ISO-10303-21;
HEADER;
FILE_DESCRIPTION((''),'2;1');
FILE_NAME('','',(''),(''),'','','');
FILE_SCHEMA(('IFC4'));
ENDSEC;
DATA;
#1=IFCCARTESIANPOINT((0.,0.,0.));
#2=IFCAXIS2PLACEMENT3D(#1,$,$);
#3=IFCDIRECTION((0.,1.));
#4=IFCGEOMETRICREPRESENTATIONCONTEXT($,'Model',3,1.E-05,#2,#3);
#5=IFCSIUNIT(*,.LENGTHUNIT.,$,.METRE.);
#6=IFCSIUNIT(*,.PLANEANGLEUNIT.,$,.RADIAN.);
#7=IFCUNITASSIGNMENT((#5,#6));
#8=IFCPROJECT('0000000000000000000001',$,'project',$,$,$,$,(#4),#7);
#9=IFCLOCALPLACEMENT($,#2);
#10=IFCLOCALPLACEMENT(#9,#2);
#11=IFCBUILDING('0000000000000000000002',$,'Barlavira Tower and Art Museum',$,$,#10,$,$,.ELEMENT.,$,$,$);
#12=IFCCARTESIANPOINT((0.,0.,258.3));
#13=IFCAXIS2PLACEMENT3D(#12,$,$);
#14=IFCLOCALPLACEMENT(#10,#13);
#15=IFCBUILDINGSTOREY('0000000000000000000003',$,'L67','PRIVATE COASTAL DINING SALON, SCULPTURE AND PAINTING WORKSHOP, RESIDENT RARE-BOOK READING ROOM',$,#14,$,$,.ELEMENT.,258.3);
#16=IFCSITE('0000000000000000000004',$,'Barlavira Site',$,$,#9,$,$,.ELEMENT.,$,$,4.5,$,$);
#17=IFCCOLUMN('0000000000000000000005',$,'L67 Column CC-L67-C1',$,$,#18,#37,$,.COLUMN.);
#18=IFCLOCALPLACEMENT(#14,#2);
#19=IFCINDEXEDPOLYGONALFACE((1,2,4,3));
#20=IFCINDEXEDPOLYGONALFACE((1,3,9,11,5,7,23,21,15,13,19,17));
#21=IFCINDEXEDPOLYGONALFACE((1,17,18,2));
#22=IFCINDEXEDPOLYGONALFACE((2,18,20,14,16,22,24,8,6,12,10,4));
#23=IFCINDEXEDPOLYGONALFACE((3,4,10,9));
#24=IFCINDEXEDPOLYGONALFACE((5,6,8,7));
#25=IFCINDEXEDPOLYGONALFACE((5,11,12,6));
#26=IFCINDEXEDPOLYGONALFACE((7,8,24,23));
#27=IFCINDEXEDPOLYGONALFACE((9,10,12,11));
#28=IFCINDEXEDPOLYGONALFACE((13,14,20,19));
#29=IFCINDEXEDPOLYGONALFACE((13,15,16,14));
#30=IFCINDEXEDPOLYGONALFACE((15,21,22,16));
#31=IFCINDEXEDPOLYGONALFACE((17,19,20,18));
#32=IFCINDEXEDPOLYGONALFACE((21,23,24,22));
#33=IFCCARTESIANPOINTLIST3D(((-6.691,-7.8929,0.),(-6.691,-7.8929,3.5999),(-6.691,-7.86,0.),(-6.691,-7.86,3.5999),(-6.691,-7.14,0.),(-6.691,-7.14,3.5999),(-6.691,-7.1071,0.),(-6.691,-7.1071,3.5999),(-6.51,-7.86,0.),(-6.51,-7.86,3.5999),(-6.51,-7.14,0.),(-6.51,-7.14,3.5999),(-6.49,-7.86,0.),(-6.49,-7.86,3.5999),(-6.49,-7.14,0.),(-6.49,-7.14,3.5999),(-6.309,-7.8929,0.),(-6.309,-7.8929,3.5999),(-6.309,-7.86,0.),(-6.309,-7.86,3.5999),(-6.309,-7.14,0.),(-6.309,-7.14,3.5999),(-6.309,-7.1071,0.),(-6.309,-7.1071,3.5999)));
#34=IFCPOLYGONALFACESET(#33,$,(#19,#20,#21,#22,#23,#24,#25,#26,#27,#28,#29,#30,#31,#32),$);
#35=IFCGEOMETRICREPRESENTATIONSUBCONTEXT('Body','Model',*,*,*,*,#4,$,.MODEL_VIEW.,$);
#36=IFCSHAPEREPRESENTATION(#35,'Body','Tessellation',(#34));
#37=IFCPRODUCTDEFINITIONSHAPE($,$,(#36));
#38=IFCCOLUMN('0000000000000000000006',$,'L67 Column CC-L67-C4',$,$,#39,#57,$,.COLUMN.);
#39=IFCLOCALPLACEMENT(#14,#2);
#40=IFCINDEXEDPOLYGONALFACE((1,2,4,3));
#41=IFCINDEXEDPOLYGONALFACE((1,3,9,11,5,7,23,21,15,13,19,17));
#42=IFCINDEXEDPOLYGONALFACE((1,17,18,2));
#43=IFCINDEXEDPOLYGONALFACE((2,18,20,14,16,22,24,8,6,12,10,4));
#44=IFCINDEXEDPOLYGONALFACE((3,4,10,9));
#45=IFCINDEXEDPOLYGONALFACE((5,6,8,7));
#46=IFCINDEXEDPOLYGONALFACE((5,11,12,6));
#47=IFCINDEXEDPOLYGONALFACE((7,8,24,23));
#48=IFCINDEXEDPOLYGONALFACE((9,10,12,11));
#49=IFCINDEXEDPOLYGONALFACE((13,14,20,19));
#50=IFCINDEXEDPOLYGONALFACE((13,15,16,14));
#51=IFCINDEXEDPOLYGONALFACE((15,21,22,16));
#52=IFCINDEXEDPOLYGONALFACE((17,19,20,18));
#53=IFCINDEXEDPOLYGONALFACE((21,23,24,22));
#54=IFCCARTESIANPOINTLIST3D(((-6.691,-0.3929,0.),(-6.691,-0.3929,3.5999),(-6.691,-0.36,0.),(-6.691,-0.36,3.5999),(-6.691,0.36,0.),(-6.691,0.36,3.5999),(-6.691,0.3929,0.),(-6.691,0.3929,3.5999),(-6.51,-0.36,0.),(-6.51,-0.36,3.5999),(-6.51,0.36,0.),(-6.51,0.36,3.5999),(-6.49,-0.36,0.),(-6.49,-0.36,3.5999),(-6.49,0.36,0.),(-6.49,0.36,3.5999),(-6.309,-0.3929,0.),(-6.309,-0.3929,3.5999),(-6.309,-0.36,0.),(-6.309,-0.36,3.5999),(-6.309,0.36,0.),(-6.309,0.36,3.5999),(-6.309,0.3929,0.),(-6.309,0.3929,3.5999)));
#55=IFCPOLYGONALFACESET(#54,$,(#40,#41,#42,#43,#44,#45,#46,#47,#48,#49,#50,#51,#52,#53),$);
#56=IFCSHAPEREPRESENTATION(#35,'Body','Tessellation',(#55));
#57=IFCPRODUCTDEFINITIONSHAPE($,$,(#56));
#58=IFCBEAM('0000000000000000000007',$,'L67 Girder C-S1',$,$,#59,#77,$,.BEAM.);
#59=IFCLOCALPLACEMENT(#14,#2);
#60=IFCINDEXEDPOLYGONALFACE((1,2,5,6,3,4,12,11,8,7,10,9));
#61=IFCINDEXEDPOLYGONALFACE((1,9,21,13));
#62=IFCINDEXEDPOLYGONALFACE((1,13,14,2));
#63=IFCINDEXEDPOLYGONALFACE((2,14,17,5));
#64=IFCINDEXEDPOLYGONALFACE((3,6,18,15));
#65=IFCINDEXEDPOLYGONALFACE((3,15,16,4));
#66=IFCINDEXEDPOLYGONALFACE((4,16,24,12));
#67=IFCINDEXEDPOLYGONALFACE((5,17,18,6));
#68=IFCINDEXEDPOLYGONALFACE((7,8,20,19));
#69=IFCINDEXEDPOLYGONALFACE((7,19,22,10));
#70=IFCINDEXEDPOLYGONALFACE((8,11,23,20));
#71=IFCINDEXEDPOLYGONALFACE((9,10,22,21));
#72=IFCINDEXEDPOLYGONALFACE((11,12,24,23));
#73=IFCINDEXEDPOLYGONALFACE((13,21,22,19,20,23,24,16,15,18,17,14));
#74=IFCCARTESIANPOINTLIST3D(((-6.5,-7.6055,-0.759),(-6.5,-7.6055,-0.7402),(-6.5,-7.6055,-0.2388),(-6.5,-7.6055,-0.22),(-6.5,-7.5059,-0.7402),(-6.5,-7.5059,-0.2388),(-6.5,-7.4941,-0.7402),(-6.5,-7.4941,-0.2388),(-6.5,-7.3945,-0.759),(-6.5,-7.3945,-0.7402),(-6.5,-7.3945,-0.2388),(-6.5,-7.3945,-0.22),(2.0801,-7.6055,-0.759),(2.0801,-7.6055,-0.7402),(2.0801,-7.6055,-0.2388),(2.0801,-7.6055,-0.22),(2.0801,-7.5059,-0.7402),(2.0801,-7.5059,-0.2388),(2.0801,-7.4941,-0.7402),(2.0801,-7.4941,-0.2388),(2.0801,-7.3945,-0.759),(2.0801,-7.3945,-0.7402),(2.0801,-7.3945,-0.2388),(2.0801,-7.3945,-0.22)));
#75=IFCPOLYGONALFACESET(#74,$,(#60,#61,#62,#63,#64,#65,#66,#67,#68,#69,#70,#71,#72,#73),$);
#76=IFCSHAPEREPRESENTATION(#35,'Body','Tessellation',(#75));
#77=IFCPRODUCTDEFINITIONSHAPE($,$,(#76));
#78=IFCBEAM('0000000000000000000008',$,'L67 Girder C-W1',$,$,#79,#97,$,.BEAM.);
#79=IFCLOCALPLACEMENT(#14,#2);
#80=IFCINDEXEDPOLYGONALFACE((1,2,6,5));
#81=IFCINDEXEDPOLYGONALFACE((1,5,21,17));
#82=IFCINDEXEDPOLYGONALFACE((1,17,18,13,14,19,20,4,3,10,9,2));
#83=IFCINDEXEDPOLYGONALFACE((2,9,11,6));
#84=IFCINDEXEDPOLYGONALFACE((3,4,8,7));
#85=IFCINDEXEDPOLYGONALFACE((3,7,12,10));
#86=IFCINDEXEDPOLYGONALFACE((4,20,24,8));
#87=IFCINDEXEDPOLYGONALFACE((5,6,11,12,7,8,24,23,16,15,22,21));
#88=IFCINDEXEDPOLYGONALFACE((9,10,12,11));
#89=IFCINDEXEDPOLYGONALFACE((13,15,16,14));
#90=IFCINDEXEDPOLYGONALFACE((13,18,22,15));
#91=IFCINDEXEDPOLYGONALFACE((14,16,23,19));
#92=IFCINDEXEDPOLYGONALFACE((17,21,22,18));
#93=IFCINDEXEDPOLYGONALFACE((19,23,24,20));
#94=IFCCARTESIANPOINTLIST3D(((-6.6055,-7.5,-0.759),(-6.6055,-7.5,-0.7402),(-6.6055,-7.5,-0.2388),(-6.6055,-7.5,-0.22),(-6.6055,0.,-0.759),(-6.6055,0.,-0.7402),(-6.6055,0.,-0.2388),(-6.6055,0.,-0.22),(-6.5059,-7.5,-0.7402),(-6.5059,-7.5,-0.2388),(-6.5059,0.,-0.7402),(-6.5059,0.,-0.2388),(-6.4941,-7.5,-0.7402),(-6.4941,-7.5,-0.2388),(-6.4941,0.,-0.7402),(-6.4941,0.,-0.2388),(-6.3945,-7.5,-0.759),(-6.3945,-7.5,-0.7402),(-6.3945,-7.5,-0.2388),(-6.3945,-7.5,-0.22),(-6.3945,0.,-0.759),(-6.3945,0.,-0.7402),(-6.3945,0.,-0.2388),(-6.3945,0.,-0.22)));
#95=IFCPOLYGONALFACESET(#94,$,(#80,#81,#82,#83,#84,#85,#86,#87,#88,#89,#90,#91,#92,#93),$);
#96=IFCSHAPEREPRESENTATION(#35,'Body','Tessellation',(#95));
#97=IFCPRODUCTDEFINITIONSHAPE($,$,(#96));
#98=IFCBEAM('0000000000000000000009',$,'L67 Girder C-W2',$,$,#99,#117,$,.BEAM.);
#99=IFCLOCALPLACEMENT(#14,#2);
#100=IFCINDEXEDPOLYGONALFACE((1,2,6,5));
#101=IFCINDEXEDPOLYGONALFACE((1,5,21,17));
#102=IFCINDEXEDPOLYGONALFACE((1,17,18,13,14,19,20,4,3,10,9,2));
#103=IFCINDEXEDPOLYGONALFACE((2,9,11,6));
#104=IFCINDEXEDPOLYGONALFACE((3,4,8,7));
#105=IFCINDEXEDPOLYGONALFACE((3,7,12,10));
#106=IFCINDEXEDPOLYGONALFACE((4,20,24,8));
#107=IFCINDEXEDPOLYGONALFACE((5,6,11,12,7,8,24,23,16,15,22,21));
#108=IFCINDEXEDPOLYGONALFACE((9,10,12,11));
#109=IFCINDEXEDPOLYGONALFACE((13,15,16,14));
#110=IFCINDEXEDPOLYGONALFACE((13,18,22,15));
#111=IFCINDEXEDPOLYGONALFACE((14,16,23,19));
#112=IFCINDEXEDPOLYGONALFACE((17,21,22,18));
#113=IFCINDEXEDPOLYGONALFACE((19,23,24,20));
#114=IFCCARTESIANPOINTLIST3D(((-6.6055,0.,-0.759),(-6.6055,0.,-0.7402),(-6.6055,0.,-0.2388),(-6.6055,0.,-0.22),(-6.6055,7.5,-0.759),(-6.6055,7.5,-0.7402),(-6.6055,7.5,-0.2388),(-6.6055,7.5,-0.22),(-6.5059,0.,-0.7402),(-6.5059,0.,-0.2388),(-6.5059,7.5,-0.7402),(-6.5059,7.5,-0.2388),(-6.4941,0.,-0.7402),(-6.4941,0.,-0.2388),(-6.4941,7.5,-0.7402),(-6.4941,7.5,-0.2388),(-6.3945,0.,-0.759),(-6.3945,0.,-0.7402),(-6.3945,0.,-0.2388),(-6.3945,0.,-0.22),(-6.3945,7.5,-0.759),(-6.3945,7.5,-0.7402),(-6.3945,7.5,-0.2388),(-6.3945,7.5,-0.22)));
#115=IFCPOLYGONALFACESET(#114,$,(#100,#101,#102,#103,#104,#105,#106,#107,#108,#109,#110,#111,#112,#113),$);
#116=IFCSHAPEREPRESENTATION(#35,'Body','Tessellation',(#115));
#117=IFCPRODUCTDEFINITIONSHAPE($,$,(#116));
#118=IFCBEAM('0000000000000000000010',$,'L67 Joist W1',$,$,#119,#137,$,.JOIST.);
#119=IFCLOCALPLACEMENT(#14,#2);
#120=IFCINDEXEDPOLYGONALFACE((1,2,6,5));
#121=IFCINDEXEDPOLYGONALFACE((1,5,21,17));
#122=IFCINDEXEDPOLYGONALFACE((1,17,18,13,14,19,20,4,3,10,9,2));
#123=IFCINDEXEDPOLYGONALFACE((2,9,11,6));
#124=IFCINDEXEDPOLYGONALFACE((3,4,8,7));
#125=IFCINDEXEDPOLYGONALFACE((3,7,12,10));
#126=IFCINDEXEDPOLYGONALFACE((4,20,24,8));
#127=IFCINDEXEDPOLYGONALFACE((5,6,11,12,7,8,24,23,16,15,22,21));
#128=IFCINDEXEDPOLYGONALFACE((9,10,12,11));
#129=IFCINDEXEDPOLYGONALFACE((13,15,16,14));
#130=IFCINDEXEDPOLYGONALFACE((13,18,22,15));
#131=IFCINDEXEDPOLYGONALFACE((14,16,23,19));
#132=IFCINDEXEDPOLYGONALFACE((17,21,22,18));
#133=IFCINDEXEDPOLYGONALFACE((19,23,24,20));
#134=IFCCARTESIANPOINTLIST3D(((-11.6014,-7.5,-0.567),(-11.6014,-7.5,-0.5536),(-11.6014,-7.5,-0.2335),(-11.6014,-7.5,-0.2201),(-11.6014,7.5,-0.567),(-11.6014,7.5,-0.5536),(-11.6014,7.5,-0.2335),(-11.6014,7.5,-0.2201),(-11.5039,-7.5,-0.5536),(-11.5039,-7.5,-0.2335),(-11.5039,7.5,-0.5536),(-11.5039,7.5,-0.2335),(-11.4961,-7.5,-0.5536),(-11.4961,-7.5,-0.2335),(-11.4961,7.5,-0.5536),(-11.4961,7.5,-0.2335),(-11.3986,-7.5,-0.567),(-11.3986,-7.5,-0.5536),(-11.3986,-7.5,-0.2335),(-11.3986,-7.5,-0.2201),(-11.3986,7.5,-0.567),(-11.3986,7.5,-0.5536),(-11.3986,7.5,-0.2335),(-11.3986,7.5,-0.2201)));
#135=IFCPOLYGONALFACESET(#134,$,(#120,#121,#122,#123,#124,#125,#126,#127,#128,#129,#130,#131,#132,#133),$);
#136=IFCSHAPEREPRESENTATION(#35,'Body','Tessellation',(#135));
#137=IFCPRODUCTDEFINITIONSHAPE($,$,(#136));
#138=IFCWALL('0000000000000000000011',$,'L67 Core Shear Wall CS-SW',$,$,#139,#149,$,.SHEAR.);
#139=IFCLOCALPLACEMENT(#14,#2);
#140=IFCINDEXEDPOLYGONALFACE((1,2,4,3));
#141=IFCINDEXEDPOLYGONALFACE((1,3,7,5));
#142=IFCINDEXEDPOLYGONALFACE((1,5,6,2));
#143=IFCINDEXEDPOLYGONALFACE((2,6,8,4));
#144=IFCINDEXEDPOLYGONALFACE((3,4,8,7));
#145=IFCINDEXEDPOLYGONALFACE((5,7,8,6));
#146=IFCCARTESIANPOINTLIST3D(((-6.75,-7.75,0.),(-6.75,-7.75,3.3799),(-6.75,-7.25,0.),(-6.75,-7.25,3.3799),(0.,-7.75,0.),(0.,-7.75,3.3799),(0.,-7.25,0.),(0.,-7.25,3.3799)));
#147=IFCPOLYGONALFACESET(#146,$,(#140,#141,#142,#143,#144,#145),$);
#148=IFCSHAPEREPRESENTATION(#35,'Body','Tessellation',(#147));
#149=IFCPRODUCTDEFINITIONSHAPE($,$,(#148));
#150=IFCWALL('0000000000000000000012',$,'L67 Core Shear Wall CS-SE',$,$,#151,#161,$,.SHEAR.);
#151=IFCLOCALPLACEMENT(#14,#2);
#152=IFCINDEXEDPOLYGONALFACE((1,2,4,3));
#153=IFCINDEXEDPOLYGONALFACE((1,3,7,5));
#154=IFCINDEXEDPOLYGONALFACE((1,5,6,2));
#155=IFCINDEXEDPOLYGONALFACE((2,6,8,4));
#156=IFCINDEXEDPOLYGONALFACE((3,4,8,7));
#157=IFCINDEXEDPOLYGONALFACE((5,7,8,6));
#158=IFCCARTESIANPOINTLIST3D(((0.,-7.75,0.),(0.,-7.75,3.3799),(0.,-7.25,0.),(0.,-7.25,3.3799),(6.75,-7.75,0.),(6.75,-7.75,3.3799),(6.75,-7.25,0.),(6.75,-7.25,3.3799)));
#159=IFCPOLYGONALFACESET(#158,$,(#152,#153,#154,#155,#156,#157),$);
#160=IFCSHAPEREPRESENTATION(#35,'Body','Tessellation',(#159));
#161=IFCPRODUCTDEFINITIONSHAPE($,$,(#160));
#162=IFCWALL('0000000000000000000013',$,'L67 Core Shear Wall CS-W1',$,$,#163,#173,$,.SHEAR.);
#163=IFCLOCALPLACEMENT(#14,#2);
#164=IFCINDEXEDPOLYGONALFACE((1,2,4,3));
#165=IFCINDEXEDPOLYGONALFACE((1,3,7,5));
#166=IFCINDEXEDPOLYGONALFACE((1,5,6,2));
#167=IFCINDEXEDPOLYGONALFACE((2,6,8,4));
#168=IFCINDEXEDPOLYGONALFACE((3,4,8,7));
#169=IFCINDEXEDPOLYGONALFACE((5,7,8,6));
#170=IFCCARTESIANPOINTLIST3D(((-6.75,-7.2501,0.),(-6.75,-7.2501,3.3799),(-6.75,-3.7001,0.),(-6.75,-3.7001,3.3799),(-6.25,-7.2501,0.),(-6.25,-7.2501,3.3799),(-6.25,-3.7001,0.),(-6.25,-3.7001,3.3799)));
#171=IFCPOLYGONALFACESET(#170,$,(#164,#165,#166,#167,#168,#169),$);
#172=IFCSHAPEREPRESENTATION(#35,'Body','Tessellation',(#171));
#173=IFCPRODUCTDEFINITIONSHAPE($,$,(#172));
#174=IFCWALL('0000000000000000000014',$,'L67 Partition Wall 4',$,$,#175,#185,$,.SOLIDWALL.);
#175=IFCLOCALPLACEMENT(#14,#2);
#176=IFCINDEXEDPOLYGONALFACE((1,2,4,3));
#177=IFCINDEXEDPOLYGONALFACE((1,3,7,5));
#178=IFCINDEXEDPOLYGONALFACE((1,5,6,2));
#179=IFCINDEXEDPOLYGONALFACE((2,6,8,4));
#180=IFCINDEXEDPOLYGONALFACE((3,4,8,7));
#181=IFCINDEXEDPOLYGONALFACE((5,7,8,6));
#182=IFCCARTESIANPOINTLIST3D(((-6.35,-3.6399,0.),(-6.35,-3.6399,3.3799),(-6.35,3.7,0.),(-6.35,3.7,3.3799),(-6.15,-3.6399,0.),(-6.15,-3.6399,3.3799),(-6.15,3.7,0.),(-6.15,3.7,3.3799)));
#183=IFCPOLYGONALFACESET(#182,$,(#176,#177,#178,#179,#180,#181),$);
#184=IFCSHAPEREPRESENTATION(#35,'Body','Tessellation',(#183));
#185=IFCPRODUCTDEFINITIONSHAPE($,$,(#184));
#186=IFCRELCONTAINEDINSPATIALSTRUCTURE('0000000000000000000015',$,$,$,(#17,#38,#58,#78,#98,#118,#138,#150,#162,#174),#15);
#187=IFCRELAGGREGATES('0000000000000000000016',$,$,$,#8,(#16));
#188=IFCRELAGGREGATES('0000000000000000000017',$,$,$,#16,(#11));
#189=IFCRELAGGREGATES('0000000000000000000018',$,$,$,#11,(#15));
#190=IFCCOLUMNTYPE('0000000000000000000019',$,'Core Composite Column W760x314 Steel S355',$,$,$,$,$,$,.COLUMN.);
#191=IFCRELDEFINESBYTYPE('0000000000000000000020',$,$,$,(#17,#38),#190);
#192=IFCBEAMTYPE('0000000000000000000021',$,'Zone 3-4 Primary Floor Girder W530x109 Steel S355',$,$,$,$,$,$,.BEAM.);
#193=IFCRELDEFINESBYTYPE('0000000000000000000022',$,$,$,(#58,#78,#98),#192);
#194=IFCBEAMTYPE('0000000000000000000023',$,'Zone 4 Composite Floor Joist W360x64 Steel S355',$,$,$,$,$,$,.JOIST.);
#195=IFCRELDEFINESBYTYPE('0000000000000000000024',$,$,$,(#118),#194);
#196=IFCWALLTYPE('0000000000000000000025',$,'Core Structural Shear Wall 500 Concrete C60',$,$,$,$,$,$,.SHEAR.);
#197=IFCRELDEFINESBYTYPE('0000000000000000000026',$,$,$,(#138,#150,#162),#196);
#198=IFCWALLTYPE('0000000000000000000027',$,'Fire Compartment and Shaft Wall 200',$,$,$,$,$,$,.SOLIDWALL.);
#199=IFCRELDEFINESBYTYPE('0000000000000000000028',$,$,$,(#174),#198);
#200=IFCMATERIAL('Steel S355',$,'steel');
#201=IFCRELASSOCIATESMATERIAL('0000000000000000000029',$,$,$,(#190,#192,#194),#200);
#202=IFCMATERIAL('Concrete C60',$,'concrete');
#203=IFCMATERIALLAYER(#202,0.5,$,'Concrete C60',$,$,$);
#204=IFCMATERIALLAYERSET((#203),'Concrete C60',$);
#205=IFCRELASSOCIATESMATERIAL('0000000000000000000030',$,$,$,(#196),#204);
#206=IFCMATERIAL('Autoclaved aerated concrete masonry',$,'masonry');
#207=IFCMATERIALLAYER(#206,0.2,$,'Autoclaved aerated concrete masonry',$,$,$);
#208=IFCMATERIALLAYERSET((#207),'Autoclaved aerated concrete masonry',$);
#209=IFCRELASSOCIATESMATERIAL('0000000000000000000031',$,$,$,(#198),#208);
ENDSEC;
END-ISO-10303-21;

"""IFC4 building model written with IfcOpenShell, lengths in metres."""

from ifc_helpers import new_model, si_unit, direction, frame, frame_2d, origin, origin_2d, place, context, subcontext, project, spatial, rectangle, i_section, extrude, material, layer, layer_set, material_profile, profile_set, type_object, element, save


model = new_model("IFC4")

# Units and contexts
model_context = context("Model", 3, precision=1e-05, world=origin(), true_north=direction((0.0, 1.0)))
body_context = subcontext(model_context, "Body", "Model", "MODEL_VIEW")
ifc_project = project(units=[si_unit("LENGTHUNIT", "METRE"), si_unit("PLANEANGLEUNIT", "RADIAN")], contexts=[model_context])

# Site, building, storey
site_placement = place(None, origin())
site = spatial("IfcSite", under=ifc_project, at=site_placement, Name="Barlavira Site", CompositionType="ELEMENT", RefElevation=4.5)
building_placement = place(site_placement, origin())
building = spatial("IfcBuilding", under=site, at=building_placement, Name="Barlavira Tower and Art Museum", CompositionType="ELEMENT")
storey_placement = place(building_placement, frame((0.0, 0.0, 258.3)))
storey = spatial("IfcBuildingStorey", under=building, at=storey_placement, Name="L67", Description="PRIVATE COASTAL DINING SALON, SCULPTURE AND PAINTING WORKSHOP, RESIDENT RARE-BOOK READING ROOM", CompositionType="ELEMENT", Elevation=258.3)

# Columns
ifc_material_1 = material(Name="Steel S355", Category="steel")
ifc_material_profile_1 = material_profile(ifc_material_1, i_section(OverallWidth=0.3821, OverallDepth=0.7859, WebThickness=0.02, FlangeThickness=0.033, at=origin_2d()), Name="W760x314.0")
ifc_profile_set_1 = profile_set([ifc_material_profile_1], Name="Steel S355")
column_type = type_object("IfcColumnType", Name="Core Composite Column W760x314 Steel S355", PredefinedType="COLUMN", material=ifc_profile_set_1)
for number, where, z_axis, x_axis, name in (
    (1, (-6.5, -7.5, 0.0), (0.0, 0.0, 1.0), (1.0, 0.0, 0.0), "L67 Column CC-L67-C1"),
    (2, (-6.5, 0.0, 0.0), (0.0, 0.0, 1.0), (1.0, 0.0, 0.0), "L67 Column CC-L67-C4"),
):
    element("IfcColumn", number, at=place(storey_placement, frame(where, z_axis=z_axis, x_axis=x_axis)), inside=storey, type_object=column_type, Name=name, PredefinedType="COLUMN", context=body_context, shape_type="SweptSolid", body=[
        extrude(i_section(OverallWidth=0.3821, OverallDepth=0.7859, WebThickness=0.02, FlangeThickness=0.033, at=origin_2d()), origin(), (0.0, 0.0, 1.0), 3.5999),
    ])

# Beams
ifc_material_profile_2 = material_profile(ifc_material_1, i_section(OverallWidth=0.2109, OverallDepth=0.5391, WebThickness=0.0117, FlangeThickness=0.0188, at=origin_2d()), Name="W530x109.0")
ifc_profile_set_2 = profile_set([ifc_material_profile_2], Name="Steel S355")
beam_type_1 = type_object("IfcBeamType", Name="Zone 3-4 Primary Floor Girder W530x109 Steel S355", PredefinedType="BEAM", material=ifc_profile_set_2)
beam_1_placement = place(storey_placement, frame((-6.5, -7.5, -0.4895), z_axis=(1.0, 0.0, 0.0), x_axis=(0.0, 1.0, 0.0)))
element("IfcBeam", 3, at=beam_1_placement, inside=storey, type_object=beam_type_1, Name="L67 Girder C-S1", PredefinedType="BEAM", context=body_context, shape_type="SweptSolid", body=[
    extrude(i_section(OverallWidth=0.2109, OverallDepth=0.5391, WebThickness=0.0117, FlangeThickness=0.0188, at=origin_2d()), origin(), (0.0, 0.0, 1.0), 8.5801),
])
for number, where, z_axis, x_axis, name in (
    (4, (-6.5, -7.5, -0.4895), (0.0, 1.0, 0.0), (-1.0, 0.0, 0.0), "L67 Girder C-W1"),
    (5, (-6.5, 0.0, -0.4895), (0.0, 1.0, 0.0), (-1.0, 0.0, 0.0), "L67 Girder C-W2"),
):
    element("IfcBeam", number, at=place(storey_placement, frame(where, z_axis=z_axis, x_axis=x_axis)), inside=storey, type_object=beam_type_1, Name=name, PredefinedType="BEAM", context=body_context, shape_type="SweptSolid", body=[
        extrude(i_section(OverallWidth=0.2109, OverallDepth=0.5391, WebThickness=0.0117, FlangeThickness=0.0188, at=origin_2d()), origin(), (0.0, 0.0, 1.0), 7.5),
    ])
ifc_material_profile_3 = material_profile(ifc_material_1, i_section(OverallWidth=0.2029, OverallDepth=0.3469, WebThickness=0.0078, FlangeThickness=0.0134, at=origin_2d()), Name="W360x64.0")
ifc_profile_set_3 = profile_set([ifc_material_profile_3], Name="Steel S355")
beam_type_2 = type_object("IfcBeamType", Name="Zone 4 Composite Floor Joist W360x64 Steel S355", PredefinedType="JOIST", material=ifc_profile_set_3)
beam_2_placement = place(storey_placement, frame((-11.5, -7.5, -0.3936), z_axis=(0.0, 1.0, 0.0), x_axis=(-1.0, 0.0, 0.0)))
element("IfcBeam", 6, at=beam_2_placement, inside=storey, type_object=beam_type_2, Name="L67 Joist W1", PredefinedType="JOIST", context=body_context, shape_type="SweptSolid", body=[
    extrude(i_section(OverallWidth=0.2029, OverallDepth=0.3469, WebThickness=0.0078, FlangeThickness=0.0134, at=origin_2d()), origin(), (0.0, 0.0, 1.0), 15.0),
])

# Walls
ifc_material_2 = material(Name="Concrete C60", Category="concrete")
ifc_layer_1 = layer(ifc_material_2, 0.5, Name="Concrete C60")
ifc_layer_set_1 = layer_set([ifc_layer_1], Name="Concrete C60")
wall_type_1 = type_object("IfcWallType", Name="Core Structural Shear Wall 500 Concrete C60", PredefinedType="SHEAR", material=ifc_layer_set_1)
for number, where, z_axis, x_axis, name in (
    (7, (-6.75, -7.5, 0.0), (0.0, 0.0, 1.0), (1.0, 0.0, 0.0), "L67 Core Shear Wall CS-SW"),
    (8, (0.0, -7.5, 0.0), (0.0, 0.0, 1.0), (1.0, 0.0, 0.0), "L67 Core Shear Wall CS-SE"),
):
    element("IfcWall", number, at=place(storey_placement, frame(where, z_axis=z_axis, x_axis=x_axis)), inside=storey, type_object=wall_type_1, Name=name, PredefinedType="SHEAR", context=body_context, shape_type="SweptSolid", body=[
        extrude(rectangle(XDim=6.75, YDim=0.5, at=frame_2d((3.375, 0.0))), origin(), (0.0, 0.0, 1.0), 3.3799),
    ])
wall_1_placement = place(storey_placement, frame((-6.5, -7.25, 0.0), z_axis=(0.0, 0.0, 1.0), x_axis=(0.0, 1.0, 0.0)))
element("IfcWall", 9, at=wall_1_placement, inside=storey, type_object=wall_type_1, Name="L67 Core Shear Wall CS-W1", PredefinedType="SHEAR", context=body_context, shape_type="SweptSolid", body=[
    extrude(rectangle(XDim=3.55, YDim=0.5, at=frame_2d((1.7749, 0.0))), origin(), (0.0, 0.0, 1.0), 3.3799),
])
ifc_material_3 = material(Name="Autoclaved aerated concrete masonry", Category="masonry")
ifc_layer_2 = layer(ifc_material_3, 0.2, Name="Autoclaved aerated concrete masonry")
ifc_layer_set_2 = layer_set([ifc_layer_2], Name="Autoclaved aerated concrete masonry")
wall_type_2 = type_object("IfcWallType", Name="Fire Compartment and Shaft Wall 200", PredefinedType="SOLIDWALL", material=ifc_layer_set_2)
wall_2_placement = place(storey_placement, frame((-6.25, -3.6399, 0.0), z_axis=(0.0, 0.0, 1.0), x_axis=(0.0, 1.0, 0.0)))
element("IfcWall", 10, at=wall_2_placement, inside=storey, type_object=wall_type_2, Name="L67 Partition Wall 4", PredefinedType="SOLIDWALL", context=body_context, shape_type="SweptSolid", body=[
    extrude(rectangle(XDim=7.3398, YDim=0.2, at=frame_2d((3.6699, 0.0))), origin(), (0.0, 0.0, 1.0), 3.3799),
])

save(model, "model.ifc")
